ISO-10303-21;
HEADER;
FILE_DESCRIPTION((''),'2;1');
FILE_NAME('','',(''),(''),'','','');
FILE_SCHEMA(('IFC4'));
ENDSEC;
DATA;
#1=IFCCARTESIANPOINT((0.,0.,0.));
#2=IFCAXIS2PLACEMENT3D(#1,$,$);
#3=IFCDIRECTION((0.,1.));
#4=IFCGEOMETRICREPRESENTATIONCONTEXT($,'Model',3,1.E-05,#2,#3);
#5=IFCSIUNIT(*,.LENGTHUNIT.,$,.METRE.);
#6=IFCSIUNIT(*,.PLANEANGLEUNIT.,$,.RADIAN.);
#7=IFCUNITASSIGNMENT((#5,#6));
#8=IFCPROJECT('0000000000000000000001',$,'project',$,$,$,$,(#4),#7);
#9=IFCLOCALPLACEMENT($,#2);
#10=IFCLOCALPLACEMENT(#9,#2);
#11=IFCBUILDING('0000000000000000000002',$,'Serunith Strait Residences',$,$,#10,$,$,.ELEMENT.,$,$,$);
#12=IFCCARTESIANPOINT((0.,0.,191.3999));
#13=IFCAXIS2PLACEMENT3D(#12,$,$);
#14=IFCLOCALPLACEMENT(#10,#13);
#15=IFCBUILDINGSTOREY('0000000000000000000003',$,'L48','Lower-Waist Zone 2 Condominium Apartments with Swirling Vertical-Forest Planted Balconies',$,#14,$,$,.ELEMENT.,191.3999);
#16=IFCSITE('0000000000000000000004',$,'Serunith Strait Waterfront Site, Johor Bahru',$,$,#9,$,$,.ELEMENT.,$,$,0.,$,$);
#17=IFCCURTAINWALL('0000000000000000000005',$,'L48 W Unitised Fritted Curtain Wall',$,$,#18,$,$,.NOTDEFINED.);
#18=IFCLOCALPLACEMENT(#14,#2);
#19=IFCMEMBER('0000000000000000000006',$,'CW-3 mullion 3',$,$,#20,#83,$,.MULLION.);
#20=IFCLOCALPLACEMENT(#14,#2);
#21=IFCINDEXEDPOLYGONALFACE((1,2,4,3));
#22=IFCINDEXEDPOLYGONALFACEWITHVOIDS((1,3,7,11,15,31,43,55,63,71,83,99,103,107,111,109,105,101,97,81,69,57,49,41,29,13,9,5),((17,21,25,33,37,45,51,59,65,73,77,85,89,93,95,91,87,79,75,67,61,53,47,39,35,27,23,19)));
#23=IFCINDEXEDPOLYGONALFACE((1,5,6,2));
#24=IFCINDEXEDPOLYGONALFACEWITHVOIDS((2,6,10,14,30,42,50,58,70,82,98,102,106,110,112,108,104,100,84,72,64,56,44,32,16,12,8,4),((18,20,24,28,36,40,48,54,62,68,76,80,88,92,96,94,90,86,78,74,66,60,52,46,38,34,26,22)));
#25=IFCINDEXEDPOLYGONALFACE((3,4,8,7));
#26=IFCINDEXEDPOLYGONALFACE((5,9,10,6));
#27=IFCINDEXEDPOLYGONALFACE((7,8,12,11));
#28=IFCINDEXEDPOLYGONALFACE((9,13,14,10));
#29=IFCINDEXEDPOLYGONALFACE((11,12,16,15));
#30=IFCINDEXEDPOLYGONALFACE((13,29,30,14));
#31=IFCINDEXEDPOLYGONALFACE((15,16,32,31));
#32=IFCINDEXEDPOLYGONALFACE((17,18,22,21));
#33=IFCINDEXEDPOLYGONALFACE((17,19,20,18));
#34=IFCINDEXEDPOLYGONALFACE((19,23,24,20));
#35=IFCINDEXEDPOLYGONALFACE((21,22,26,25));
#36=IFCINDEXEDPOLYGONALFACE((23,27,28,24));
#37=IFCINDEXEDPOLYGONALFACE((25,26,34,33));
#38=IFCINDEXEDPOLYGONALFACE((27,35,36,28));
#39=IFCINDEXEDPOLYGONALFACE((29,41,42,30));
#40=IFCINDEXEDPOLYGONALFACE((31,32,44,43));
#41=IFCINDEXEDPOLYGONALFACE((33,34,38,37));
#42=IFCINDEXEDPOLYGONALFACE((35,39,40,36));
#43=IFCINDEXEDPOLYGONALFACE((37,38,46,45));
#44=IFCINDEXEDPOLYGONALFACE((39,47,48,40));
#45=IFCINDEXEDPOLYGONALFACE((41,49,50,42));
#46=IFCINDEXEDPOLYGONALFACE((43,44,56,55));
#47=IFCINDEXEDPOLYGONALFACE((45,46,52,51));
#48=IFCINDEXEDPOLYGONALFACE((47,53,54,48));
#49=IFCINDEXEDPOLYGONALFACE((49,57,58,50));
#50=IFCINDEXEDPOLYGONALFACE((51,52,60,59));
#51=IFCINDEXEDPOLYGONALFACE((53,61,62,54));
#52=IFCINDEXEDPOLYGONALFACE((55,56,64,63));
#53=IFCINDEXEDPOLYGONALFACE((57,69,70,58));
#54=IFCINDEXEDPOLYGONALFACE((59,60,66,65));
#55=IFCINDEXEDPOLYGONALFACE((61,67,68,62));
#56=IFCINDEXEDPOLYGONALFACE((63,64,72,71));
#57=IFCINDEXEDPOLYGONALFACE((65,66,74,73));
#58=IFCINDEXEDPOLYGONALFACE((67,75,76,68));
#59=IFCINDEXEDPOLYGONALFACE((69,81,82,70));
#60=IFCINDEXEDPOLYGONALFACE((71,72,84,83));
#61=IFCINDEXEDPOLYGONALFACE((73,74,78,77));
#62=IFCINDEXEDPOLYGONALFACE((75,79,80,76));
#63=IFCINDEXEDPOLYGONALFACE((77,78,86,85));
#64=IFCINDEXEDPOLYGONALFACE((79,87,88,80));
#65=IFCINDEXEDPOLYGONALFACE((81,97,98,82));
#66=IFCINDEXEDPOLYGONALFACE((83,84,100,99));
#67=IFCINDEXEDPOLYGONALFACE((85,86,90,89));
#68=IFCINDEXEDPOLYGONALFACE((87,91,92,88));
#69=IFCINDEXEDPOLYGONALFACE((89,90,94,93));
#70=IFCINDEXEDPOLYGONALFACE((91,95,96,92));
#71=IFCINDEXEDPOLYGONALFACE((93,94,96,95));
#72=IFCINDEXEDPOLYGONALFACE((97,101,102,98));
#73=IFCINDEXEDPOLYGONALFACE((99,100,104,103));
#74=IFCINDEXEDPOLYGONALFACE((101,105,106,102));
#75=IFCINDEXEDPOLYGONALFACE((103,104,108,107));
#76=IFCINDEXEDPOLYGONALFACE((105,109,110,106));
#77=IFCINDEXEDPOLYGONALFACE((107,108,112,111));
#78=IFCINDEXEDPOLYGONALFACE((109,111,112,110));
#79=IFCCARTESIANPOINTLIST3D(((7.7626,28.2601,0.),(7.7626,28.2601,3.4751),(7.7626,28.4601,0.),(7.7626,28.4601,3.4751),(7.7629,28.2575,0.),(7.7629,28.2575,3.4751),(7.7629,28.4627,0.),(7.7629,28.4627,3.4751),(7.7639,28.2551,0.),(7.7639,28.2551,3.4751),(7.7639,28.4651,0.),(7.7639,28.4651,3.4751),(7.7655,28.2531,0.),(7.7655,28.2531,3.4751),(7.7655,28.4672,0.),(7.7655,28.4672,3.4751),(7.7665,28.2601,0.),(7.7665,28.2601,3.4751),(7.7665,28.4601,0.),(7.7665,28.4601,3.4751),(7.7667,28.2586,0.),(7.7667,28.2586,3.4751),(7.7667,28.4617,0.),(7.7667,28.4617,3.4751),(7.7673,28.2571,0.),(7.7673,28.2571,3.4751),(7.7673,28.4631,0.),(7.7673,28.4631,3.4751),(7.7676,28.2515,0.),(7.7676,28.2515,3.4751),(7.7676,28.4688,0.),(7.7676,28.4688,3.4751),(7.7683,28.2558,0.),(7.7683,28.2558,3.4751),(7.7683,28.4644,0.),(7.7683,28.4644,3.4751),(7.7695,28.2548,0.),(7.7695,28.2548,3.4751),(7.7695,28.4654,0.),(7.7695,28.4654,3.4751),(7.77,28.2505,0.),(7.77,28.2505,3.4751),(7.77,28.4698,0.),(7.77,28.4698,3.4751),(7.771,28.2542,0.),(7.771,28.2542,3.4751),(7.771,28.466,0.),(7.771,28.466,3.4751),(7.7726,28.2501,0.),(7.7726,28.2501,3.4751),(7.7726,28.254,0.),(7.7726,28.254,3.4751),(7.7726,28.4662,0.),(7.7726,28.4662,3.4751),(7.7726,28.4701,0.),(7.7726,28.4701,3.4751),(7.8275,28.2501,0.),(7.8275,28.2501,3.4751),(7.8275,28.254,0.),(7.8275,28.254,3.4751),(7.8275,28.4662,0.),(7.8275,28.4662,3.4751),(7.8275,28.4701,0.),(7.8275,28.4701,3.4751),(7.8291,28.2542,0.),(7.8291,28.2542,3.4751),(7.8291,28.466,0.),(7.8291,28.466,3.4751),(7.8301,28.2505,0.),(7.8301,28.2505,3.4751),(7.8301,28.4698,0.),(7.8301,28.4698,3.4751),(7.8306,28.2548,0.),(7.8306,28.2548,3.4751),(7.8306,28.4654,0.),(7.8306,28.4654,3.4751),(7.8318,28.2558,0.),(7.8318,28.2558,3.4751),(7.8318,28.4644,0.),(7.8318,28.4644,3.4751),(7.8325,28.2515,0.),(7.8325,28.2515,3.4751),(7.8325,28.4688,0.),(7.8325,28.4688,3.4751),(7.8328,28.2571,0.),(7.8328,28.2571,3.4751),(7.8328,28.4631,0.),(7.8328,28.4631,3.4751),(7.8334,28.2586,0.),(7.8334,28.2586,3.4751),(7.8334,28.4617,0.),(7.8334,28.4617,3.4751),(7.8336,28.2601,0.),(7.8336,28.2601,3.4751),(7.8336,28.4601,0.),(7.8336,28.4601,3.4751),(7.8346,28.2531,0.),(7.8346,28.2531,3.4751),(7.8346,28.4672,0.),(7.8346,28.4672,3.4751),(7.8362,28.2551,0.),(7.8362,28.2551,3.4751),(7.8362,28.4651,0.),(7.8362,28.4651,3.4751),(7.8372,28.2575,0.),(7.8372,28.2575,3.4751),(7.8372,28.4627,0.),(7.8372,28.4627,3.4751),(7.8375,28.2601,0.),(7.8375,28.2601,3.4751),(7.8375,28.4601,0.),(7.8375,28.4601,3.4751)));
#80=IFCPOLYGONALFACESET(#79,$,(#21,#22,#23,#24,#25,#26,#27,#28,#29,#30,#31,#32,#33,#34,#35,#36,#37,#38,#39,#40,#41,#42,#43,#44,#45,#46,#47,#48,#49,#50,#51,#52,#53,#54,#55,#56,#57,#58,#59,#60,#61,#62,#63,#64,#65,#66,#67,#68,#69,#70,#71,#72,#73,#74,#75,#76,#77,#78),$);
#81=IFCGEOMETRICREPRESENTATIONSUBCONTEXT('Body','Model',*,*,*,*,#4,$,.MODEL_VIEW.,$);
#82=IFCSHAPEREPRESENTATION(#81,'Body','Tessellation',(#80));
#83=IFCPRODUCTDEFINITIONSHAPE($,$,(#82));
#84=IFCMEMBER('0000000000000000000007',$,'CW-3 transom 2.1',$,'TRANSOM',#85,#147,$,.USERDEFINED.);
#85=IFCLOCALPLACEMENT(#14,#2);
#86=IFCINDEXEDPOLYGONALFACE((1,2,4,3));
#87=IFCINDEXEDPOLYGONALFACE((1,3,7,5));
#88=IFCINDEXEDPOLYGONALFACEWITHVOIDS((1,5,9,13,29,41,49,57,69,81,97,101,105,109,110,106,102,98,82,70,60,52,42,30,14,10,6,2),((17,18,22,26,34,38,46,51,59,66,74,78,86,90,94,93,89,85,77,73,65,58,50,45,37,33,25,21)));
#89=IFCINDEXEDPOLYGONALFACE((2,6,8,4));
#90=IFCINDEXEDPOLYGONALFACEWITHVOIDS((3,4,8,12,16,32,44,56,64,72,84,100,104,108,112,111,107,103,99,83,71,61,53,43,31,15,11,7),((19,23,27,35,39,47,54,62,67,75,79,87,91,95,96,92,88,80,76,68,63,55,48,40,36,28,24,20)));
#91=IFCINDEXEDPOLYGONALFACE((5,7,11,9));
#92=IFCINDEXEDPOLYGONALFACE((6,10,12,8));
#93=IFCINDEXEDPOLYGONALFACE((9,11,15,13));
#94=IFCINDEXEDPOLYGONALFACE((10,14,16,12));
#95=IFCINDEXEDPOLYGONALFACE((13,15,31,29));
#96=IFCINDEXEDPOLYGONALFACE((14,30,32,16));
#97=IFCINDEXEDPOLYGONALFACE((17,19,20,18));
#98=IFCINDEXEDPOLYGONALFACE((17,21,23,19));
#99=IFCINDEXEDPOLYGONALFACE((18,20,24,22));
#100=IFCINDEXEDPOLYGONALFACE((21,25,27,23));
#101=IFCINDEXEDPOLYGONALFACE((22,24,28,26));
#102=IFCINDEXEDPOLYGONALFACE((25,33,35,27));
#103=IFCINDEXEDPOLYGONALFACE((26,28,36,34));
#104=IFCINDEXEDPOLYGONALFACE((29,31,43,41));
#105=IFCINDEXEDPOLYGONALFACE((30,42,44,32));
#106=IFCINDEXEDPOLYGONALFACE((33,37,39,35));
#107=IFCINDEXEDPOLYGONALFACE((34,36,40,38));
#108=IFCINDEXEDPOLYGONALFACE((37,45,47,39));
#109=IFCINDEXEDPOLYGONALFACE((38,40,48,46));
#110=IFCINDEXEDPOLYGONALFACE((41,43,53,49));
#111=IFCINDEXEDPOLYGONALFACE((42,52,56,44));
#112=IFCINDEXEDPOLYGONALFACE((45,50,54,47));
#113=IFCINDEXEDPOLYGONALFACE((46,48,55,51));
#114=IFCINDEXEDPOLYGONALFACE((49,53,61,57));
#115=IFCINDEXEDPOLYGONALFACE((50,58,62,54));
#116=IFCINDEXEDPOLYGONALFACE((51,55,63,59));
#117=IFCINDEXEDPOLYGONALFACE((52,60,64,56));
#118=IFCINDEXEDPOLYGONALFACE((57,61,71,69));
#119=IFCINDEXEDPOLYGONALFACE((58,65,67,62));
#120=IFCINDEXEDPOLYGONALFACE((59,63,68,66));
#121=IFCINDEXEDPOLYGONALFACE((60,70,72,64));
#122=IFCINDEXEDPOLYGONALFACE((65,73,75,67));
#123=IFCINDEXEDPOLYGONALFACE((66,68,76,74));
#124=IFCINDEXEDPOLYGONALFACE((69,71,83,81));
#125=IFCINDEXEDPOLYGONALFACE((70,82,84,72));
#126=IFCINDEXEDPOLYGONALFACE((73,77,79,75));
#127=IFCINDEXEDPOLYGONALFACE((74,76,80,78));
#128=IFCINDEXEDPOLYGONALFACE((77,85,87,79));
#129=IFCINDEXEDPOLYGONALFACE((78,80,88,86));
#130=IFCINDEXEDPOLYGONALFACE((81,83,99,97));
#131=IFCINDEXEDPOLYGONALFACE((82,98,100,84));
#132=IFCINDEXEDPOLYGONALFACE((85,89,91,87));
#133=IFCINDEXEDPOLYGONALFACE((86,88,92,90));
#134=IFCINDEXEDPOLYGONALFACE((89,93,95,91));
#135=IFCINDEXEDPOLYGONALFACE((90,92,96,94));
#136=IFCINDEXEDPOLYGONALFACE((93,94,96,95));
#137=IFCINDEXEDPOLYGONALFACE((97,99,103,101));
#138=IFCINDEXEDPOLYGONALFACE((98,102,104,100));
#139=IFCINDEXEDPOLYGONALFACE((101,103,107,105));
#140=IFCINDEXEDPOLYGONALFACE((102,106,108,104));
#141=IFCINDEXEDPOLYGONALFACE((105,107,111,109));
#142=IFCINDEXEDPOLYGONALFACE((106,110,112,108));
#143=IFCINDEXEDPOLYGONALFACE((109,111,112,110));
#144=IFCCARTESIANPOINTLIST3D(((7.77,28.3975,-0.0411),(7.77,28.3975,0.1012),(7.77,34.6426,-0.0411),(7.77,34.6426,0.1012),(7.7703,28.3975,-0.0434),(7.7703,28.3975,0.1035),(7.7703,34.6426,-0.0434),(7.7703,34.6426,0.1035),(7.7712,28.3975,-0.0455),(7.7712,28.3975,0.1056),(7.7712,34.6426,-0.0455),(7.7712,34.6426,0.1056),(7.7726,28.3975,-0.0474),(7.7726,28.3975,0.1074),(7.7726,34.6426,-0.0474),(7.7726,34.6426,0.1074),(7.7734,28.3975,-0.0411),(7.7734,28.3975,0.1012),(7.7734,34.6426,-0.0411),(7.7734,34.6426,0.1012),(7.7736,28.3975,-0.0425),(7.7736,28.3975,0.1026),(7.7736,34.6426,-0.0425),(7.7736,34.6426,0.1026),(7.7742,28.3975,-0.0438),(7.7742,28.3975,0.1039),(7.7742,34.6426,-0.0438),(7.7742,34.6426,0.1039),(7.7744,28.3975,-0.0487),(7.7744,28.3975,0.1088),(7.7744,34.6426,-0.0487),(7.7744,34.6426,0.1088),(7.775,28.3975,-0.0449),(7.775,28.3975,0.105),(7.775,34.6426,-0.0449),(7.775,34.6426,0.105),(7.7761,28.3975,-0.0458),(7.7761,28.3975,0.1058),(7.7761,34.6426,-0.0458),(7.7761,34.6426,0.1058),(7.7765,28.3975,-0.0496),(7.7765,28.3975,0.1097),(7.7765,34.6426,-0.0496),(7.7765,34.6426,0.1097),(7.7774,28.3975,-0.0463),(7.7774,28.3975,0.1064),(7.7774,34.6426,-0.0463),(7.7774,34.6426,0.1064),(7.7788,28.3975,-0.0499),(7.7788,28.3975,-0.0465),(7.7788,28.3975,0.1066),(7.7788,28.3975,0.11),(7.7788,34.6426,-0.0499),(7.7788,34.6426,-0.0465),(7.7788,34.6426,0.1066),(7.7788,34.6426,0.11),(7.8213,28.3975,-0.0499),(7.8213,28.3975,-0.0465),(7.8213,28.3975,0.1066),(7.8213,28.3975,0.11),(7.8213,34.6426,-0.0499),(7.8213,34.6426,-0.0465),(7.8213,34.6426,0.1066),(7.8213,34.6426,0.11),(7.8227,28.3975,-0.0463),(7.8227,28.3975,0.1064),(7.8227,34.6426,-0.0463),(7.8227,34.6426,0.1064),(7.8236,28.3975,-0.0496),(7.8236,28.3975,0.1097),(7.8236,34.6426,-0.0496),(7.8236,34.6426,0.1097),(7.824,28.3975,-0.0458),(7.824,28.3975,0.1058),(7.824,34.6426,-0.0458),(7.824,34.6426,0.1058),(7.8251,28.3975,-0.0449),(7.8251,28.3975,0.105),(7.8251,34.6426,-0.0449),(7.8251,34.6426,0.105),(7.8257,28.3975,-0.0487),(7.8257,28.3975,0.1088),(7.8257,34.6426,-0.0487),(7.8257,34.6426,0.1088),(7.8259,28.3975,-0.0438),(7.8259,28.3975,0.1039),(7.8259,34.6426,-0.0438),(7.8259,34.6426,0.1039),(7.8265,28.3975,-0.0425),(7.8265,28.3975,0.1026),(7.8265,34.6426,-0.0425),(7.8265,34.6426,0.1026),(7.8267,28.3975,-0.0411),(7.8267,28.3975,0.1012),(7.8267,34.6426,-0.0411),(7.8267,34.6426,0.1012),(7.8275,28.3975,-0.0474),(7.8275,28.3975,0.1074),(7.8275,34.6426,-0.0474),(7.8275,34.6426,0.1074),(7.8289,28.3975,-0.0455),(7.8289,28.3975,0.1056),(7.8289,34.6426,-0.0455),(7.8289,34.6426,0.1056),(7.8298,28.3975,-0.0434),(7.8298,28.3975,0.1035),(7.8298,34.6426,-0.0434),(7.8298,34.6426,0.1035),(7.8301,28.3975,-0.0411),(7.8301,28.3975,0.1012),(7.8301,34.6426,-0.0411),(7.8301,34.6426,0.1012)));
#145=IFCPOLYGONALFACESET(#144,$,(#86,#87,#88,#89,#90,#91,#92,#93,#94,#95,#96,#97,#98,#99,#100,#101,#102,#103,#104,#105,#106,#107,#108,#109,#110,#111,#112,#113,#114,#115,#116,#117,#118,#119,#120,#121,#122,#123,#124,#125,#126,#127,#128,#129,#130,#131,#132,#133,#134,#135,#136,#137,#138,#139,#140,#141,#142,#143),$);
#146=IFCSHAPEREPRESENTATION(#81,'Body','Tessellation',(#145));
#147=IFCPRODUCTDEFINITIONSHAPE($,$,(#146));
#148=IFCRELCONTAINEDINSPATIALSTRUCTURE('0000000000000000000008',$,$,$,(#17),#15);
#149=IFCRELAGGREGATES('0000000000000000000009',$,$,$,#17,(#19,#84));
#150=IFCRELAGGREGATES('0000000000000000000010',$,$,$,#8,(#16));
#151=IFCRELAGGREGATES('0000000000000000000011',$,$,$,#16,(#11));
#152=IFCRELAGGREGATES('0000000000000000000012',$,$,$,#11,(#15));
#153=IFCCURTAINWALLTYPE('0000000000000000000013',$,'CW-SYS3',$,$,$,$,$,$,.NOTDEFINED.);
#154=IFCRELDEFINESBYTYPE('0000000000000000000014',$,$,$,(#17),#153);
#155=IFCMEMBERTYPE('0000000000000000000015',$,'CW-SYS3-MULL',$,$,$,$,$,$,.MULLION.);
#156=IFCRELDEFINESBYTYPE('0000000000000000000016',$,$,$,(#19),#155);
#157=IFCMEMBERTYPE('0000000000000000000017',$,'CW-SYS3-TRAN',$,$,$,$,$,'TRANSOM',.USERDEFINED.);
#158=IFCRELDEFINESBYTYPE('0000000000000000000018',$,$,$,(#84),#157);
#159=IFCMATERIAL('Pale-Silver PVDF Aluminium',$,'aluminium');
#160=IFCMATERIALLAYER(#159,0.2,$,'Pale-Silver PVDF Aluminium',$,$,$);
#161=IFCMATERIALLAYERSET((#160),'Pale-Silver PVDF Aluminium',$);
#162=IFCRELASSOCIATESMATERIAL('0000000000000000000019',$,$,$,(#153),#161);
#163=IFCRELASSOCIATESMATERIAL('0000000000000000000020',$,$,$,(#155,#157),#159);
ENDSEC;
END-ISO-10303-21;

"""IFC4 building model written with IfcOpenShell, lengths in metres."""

from ifc_helpers import new_model, si_unit, direction, frame, origin, origin_2d, place, context, subcontext, project, spatial, hollow_rectangle, extrude, source, transform, mapped, material, layer, layer_set, material_profile, profile_set, type_object, element, aggregate, save


model = new_model("IFC4")

# Units and contexts
model_context = context("Model", 3, precision=1e-05, world=origin(), true_north=direction((0.0, 1.0)))
body_context = subcontext(model_context, "Body", "Model", "MODEL_VIEW")
ifc_project = project(units=[si_unit("LENGTHUNIT", "METRE"), si_unit("PLANEANGLEUNIT", "RADIAN")], contexts=[model_context])

# Site, building, storey
site_placement = place(None, origin())
site = spatial("IfcSite", under=ifc_project, at=site_placement, Name="Serunith Strait Waterfront Site, Johor Bahru", CompositionType="ELEMENT", RefElevation=0.0)
building_placement = place(site_placement, origin())
building = spatial("IfcBuilding", under=site, at=building_placement, Name="Serunith Strait Residences", CompositionType="ELEMENT")
storey_placement = place(building_placement, frame((0.0, 0.0, 191.3999)))
storey = spatial("IfcBuildingStorey", under=building, at=storey_placement, Name="L48", Description="Lower-Waist Zone 2 Condominium Apartments with Swirling Vertical-Forest Planted Balconies", CompositionType="ELEMENT", Elevation=191.3999)

# Curtain wall, members
ifc_material_1 = material(Name="Pale-Silver PVDF Aluminium", Category="aluminium")
ifc_layer_1 = layer(ifc_material_1, 0.2, Name="Pale-Silver PVDF Aluminium")
ifc_layer_set_1 = layer_set([ifc_layer_1], Name="Pale-Silver PVDF Aluminium")
curtain_wall_type = type_object("IfcCurtainWallType", Name="CW-SYS3", PredefinedType="NOTDEFINED", material=ifc_layer_set_1)
curtain_wall_placement = place(storey_placement, origin())
curtain_wall = element("IfcCurtainWall", 1, at=curtain_wall_placement, inside=storey, type_object=curtain_wall_type, Name="L48 W Unitised Fritted Curtain Wall", PredefinedType="NOTDEFINED")
ifc_material_profile_1 = material_profile(ifc_material_1, hollow_rectangle(XDim=0.075, YDim=0.22, WallThickness=0.0039, InnerFilletRadius=0.0061, OuterFilletRadius=0.01, at=origin_2d()), Name="ALU 220x75x4")
ifc_profile_set_1 = profile_set([ifc_material_profile_1], Name="Pale-Silver PVDF Aluminium")
member_type_1 = type_object("IfcMemberType", Name="CW-SYS3-MULL", PredefinedType="MULLION", material=ifc_profile_set_1)
shared_shape_1 = source(origin(), body_context, "Body", "SweptSolid", [
    extrude(hollow_rectangle(XDim=0.075, YDim=0.22, WallThickness=0.0039, InnerFilletRadius=0.0061, OuterFilletRadius=0.01, at=origin_2d()), origin(), (0.0, 0.0, 1.0), 3.4751),
])
member_1_placement = place(storey_placement, frame((7.8, 28.3601, 0.0), z_axis=(0.0, 0.0, 1.0), x_axis=(1.0, 0.0, 0.0)))
member_1 = element("IfcMember", 2, at=member_1_placement, type_object=member_type_1, Name="CW-3 mullion 3", PredefinedType="MULLION", context=body_context, shape_type="MappedRepresentation", body=[
    mapped(shared_shape_1, transform((0.0, 0.0, 0.0), scale=1.0)),
])
ifc_material_profile_2 = material_profile(ifc_material_1, hollow_rectangle(XDim=0.0601, YDim=0.1599, WallThickness=0.0034, InnerFilletRadius=0.0054, OuterFilletRadius=0.0088, at=origin_2d()), Name="ALU 160x60x3.5")
ifc_profile_set_2 = profile_set([ifc_material_profile_2], Name="Pale-Silver PVDF Aluminium")
member_type_2 = type_object("IfcMemberType", Name="CW-SYS3-TRAN", ElementType="TRANSOM", PredefinedType="USERDEFINED", material=ifc_profile_set_2)
shared_shape_2 = source(origin(), body_context, "Body", "SweptSolid", [
    extrude(hollow_rectangle(XDim=0.0601, YDim=0.1599, WallThickness=0.0034, InnerFilletRadius=0.0054, OuterFilletRadius=0.0088, at=origin_2d()), origin(), (0.0, 0.0, 1.0), 6.2451),
])
member_2_placement = place(storey_placement, frame((7.8, 34.6426, 0.03), z_axis=(0.0, -1.0, 0.0), x_axis=(1.0, 0.0, 0.0)))
member_2 = element("IfcMember", 3, at=member_2_placement, type_object=member_type_2, Name="CW-3 transom 2.1", ObjectType="TRANSOM", PredefinedType="USERDEFINED", context=body_context, shape_type="MappedRepresentation", body=[
    mapped(shared_shape_2, transform((0.0, 0.0, 0.0), scale=1.0)),
])
aggregate(curtain_wall, [member_1, member_2])

save(model, "model.ifc")
